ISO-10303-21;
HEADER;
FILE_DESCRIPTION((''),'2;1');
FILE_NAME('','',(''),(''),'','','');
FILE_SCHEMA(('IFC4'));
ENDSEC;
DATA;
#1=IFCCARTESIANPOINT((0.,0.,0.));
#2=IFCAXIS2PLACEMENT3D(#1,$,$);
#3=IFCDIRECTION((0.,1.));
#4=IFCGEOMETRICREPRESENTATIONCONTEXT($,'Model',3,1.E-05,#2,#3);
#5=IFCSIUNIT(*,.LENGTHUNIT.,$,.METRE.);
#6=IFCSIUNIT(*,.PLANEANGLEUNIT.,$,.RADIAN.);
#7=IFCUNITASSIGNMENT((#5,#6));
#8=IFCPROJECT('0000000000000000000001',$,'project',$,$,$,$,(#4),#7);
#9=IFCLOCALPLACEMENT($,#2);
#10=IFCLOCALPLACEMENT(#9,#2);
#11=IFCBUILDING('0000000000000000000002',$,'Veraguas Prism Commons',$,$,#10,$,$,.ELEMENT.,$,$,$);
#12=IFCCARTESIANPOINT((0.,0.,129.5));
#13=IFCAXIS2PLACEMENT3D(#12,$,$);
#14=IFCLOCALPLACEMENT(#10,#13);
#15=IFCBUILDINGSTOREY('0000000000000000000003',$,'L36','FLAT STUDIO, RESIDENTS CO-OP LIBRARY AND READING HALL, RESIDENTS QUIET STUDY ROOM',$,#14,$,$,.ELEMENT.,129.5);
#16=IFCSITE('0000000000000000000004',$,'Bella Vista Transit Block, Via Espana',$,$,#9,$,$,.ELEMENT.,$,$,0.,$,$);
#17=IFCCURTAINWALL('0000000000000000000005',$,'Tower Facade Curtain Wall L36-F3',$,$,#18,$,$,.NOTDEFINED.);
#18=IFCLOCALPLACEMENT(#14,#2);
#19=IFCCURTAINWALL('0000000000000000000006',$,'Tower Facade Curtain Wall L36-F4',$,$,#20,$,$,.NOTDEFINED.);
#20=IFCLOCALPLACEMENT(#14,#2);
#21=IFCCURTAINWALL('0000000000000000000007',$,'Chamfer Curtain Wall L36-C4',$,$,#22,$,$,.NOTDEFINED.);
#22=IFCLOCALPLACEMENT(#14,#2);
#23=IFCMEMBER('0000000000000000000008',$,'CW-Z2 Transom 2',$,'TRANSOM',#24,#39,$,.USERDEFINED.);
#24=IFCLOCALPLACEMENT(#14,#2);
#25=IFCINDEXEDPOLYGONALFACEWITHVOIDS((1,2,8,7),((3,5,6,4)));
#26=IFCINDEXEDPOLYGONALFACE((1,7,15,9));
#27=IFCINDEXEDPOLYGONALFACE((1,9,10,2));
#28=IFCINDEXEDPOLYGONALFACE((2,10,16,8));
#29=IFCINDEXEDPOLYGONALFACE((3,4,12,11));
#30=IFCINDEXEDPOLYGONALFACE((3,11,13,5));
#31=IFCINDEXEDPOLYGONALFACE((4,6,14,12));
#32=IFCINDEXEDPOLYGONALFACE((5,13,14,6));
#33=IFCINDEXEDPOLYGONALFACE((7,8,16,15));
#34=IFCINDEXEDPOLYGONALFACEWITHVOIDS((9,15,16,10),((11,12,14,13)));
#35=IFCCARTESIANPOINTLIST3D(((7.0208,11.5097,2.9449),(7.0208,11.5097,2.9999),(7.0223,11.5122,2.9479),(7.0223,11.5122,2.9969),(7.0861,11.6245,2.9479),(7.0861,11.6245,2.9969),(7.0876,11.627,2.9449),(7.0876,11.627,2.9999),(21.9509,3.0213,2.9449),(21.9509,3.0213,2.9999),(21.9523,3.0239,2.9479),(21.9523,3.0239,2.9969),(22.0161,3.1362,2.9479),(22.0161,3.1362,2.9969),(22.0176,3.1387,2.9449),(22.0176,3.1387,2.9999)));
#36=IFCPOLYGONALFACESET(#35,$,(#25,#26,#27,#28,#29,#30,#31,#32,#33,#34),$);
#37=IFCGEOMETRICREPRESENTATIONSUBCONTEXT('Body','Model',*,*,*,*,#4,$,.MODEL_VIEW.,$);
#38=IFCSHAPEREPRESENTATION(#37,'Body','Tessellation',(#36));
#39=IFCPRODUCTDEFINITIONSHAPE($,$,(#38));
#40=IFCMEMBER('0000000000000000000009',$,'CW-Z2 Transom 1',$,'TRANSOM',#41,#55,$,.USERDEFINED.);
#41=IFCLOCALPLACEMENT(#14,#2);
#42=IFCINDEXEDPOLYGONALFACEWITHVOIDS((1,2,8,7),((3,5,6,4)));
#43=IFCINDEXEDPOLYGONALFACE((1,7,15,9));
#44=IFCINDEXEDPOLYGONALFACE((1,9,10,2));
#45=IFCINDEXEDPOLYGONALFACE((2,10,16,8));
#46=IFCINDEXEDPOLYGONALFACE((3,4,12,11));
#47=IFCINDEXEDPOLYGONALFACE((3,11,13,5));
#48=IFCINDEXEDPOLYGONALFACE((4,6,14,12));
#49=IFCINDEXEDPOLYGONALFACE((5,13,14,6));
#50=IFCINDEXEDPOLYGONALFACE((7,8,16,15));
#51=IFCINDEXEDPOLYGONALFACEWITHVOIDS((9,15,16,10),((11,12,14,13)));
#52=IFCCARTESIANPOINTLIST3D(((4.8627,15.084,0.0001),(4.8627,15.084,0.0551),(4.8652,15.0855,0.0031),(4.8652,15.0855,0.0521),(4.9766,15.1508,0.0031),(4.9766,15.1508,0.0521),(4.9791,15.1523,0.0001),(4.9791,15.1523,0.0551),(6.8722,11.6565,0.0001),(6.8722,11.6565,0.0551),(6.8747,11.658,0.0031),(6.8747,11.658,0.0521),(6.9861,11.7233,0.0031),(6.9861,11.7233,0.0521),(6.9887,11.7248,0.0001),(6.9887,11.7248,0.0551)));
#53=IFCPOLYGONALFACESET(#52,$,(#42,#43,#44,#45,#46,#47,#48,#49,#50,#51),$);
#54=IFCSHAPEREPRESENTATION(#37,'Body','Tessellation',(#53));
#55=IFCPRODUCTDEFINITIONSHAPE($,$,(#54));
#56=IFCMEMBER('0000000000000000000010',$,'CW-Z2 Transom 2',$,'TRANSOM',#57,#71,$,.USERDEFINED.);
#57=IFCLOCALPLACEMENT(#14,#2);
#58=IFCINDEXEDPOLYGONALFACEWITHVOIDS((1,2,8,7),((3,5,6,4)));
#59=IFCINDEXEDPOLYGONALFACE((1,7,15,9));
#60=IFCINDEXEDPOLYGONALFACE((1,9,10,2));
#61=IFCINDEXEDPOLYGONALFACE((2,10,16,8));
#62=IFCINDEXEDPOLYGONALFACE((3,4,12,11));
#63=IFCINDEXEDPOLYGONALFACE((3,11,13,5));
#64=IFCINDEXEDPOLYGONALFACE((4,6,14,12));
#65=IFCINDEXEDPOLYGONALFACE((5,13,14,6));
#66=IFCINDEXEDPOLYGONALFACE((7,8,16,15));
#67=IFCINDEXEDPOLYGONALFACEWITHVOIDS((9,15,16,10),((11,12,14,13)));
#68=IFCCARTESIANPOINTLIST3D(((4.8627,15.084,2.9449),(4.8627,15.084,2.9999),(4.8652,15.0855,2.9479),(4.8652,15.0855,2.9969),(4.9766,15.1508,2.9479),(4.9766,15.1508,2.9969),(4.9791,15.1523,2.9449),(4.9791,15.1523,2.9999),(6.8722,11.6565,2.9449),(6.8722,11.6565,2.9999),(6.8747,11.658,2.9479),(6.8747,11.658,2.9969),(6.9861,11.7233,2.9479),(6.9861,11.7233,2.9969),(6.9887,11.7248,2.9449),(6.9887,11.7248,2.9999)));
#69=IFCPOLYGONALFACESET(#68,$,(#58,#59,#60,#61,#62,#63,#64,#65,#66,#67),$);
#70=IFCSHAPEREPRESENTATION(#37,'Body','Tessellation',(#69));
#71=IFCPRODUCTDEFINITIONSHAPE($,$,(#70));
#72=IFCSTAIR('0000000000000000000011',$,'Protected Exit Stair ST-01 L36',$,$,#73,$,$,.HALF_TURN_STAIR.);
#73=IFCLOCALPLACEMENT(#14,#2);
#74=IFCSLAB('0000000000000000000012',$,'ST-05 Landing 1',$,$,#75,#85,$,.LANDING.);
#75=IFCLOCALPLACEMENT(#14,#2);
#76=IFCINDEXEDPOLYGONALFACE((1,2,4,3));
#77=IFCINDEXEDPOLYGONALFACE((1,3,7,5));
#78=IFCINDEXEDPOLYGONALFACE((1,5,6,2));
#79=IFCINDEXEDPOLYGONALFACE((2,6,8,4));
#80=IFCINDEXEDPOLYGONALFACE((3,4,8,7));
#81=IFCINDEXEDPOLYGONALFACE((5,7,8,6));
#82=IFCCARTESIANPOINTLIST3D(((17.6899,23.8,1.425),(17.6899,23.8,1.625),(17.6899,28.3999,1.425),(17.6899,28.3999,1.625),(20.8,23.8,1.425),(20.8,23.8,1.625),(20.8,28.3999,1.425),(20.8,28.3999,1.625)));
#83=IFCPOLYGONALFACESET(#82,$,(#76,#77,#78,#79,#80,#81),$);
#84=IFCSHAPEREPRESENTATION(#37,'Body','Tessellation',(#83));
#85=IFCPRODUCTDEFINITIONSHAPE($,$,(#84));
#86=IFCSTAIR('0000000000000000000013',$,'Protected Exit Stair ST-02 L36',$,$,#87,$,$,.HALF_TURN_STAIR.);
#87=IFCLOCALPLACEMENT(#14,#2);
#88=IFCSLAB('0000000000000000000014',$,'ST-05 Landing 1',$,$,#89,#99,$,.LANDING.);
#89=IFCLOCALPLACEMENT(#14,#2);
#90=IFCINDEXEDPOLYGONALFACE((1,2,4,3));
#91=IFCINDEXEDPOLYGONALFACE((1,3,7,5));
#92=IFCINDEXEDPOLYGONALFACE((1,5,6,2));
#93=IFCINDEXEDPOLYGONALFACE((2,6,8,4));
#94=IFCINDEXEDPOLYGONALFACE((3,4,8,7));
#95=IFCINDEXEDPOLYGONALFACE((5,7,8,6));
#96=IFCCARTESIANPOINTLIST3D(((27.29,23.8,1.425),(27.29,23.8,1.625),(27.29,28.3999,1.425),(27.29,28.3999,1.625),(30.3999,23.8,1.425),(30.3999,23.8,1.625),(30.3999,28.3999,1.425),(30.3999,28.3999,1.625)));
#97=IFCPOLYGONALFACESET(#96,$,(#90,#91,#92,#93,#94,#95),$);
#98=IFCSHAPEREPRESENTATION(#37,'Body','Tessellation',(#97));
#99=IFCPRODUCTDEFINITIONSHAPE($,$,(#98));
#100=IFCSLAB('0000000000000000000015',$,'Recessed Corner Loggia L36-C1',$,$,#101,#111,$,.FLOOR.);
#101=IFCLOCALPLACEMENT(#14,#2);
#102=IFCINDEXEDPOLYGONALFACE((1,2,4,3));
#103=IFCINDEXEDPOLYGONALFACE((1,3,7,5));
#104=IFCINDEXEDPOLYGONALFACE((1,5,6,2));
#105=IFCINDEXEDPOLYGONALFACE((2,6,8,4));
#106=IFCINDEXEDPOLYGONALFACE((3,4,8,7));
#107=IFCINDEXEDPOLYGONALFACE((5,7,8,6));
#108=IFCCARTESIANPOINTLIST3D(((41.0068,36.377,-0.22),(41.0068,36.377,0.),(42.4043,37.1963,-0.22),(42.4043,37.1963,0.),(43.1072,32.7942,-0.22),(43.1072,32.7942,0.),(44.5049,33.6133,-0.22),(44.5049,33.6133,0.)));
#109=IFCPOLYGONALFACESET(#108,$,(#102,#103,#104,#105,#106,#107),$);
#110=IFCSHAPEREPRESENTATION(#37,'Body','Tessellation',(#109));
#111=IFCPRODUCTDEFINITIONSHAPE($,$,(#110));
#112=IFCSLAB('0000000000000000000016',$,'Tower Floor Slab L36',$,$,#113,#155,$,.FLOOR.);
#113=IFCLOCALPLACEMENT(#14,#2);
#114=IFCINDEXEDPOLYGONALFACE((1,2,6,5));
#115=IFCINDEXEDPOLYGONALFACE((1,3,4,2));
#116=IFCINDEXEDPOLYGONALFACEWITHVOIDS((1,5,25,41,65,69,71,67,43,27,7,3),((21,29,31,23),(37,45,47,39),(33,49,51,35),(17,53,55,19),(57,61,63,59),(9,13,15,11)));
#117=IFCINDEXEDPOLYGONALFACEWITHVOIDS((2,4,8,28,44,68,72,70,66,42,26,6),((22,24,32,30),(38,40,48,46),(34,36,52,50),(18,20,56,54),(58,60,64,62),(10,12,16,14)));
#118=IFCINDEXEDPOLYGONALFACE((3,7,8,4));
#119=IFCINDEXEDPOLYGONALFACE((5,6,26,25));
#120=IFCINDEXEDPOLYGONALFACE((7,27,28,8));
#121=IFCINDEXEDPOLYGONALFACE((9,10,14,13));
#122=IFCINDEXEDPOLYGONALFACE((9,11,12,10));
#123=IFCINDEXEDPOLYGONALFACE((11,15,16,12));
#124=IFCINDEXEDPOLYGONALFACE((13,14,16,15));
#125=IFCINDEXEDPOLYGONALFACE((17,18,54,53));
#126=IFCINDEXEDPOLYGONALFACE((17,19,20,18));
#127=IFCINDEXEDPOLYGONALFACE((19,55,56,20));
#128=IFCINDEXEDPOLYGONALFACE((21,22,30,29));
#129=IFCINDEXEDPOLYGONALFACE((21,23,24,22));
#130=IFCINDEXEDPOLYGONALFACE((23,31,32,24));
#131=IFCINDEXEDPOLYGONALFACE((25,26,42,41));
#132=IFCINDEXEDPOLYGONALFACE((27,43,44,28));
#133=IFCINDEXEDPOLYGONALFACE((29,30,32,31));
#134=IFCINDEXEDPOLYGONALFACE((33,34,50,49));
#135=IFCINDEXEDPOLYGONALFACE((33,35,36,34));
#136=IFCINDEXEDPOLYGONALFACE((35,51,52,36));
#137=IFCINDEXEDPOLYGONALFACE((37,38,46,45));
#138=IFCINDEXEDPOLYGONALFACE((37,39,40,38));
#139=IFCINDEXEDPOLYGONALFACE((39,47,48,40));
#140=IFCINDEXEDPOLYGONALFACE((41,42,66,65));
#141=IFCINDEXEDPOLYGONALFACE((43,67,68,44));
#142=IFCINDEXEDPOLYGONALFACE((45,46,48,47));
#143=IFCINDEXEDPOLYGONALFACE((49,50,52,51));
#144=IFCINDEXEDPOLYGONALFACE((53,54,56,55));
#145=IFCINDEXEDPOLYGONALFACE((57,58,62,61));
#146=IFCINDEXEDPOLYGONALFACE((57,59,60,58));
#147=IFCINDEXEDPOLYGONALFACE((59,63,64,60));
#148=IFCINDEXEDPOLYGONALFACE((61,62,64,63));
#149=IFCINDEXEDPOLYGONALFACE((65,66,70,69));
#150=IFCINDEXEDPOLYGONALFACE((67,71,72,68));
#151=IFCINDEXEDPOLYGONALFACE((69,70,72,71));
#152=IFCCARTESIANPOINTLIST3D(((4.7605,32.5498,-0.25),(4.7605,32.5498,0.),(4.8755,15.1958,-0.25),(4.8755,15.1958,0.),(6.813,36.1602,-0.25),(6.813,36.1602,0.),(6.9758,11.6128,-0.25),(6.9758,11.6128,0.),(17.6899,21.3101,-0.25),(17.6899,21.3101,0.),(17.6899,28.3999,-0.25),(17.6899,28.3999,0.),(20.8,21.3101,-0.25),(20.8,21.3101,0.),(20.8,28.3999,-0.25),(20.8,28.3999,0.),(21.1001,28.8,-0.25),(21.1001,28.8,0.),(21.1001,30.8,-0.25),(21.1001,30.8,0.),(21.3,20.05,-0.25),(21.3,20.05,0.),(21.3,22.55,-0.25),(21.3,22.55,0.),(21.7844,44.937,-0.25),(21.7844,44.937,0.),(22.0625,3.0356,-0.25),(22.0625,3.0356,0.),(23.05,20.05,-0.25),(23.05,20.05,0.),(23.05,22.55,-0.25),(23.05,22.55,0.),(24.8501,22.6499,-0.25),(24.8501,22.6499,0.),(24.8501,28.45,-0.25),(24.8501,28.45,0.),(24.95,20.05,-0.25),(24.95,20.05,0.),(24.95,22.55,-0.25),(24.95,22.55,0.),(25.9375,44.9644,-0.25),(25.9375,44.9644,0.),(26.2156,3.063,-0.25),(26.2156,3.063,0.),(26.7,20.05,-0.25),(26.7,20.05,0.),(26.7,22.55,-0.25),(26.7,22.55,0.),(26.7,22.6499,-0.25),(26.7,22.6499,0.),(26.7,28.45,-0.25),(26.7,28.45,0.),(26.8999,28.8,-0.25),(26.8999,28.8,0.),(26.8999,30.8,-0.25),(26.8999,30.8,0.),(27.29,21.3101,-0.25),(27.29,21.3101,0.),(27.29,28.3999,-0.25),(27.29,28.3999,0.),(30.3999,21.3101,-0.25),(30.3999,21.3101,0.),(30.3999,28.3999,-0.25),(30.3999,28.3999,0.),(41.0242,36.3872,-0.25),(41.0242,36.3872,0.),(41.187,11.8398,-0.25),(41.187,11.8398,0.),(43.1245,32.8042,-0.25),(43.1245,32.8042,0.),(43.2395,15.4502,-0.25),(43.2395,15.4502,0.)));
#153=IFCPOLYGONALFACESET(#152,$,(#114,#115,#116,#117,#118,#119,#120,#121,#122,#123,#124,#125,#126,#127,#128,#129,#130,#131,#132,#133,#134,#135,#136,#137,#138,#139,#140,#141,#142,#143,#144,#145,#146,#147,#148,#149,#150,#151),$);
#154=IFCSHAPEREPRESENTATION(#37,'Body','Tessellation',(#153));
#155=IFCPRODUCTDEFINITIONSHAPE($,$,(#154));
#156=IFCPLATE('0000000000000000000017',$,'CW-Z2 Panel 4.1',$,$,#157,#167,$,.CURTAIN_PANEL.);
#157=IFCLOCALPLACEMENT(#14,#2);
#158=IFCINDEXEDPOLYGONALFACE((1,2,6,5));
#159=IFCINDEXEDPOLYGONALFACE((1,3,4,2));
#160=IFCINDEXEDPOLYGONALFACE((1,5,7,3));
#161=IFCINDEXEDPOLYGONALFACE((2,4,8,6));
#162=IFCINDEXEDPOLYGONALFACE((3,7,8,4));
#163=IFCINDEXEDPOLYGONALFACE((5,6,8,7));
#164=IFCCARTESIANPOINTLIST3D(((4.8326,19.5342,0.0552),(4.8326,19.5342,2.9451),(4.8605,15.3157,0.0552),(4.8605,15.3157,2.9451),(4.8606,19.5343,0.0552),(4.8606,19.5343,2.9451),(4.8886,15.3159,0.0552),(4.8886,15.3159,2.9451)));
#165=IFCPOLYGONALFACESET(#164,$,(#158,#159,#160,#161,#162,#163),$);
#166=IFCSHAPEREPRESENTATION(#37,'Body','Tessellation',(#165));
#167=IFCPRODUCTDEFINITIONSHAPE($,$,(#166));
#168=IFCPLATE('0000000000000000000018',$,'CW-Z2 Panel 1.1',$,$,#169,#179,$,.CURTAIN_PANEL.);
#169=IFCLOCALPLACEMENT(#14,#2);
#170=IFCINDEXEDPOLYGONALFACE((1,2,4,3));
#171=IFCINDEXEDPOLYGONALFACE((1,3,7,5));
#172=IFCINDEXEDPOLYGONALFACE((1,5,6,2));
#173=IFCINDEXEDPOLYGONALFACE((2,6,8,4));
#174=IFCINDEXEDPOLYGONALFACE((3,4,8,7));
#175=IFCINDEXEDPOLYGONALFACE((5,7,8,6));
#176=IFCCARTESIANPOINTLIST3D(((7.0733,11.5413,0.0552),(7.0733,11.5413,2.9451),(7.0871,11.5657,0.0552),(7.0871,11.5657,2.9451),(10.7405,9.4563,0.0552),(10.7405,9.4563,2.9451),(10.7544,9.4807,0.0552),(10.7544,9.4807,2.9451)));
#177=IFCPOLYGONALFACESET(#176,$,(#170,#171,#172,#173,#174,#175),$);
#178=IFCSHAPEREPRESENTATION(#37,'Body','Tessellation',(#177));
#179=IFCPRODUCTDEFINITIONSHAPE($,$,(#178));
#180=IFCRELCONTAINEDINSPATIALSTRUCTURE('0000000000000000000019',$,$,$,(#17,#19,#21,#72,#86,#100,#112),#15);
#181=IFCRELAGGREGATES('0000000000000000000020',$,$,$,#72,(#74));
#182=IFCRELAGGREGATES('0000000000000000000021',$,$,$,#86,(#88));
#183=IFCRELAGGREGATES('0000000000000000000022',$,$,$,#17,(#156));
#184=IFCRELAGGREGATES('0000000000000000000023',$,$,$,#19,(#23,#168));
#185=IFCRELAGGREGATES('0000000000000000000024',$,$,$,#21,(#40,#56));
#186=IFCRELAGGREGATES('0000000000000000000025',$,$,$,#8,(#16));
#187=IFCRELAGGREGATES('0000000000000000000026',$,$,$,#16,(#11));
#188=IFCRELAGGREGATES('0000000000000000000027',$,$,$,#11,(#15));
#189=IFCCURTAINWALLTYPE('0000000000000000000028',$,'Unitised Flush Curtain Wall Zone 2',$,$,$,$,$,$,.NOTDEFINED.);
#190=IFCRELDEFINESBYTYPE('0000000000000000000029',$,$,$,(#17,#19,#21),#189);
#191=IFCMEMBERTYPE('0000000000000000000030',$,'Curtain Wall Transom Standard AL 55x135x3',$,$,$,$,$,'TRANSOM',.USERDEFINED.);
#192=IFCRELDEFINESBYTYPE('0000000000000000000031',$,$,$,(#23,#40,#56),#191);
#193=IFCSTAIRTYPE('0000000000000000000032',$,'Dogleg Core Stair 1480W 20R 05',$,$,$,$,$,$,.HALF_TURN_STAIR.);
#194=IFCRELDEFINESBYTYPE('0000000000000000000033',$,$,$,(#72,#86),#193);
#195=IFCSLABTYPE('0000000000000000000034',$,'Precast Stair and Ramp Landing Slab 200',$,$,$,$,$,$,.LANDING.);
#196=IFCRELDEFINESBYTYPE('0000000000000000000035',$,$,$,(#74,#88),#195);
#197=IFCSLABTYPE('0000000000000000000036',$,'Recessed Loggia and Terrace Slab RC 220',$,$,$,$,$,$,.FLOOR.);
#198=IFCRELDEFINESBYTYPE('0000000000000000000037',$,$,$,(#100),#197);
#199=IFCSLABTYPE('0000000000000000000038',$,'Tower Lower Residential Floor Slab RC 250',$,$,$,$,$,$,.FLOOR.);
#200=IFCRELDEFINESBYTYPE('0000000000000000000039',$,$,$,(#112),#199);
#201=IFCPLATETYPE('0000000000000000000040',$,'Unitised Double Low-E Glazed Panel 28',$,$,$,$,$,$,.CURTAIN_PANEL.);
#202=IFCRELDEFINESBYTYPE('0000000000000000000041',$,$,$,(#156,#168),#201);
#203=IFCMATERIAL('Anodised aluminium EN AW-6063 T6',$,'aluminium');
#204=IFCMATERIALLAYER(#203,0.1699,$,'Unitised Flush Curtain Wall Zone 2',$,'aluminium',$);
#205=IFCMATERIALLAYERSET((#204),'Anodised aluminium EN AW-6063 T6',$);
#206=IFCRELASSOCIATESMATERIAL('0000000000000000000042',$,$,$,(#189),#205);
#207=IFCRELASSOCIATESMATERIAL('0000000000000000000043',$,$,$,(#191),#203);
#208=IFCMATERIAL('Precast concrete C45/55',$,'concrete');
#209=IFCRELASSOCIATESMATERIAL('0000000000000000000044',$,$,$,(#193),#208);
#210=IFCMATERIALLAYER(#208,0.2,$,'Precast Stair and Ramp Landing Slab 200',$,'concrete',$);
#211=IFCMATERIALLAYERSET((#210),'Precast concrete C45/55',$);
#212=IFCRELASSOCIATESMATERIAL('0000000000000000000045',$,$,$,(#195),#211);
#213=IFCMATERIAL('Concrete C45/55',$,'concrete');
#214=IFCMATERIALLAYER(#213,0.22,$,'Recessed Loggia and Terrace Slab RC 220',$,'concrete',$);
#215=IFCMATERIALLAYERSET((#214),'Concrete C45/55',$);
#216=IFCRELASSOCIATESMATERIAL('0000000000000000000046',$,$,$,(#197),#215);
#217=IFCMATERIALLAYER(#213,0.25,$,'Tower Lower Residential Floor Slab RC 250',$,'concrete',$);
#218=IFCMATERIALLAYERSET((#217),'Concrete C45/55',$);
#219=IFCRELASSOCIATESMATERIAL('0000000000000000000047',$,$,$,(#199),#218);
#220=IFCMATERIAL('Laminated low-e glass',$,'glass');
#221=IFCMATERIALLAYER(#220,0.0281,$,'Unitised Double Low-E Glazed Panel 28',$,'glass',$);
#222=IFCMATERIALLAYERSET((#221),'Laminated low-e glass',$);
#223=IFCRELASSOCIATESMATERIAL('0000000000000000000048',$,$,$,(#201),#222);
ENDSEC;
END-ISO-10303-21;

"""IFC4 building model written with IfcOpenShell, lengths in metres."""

from ifc_helpers import new_model, si_unit, direction, frame, origin, origin_2d, place, context, subcontext, project, spatial, polyline, rectangle, hollow_rectangle, outline, extrude, source, transform, mapped, material, layer, layer_set, material_profile, profile_set, type_object, element, aggregate, save


model = new_model("IFC4")

# Units and contexts
model_context = context("Model", 3, precision=1e-05, world=origin(), true_north=direction((0.0, 1.0)))
body_context = subcontext(model_context, "Body", "Model", "MODEL_VIEW")
ifc_project = project(units=[si_unit("LENGTHUNIT", "METRE"), si_unit("PLANEANGLEUNIT", "RADIAN")], contexts=[model_context])

# Site, building, storey
site_placement = place(None, origin())
site = spatial("IfcSite", under=ifc_project, at=site_placement, Name="Bella Vista Transit Block, Via Espana", CompositionType="ELEMENT", RefElevation=0.0)
building_placement = place(site_placement, origin())
building = spatial("IfcBuilding", under=site, at=building_placement, Name="Veraguas Prism Commons", CompositionType="ELEMENT")
storey_placement = place(building_placement, frame((0.0, 0.0, 129.5)))
storey = spatial("IfcBuildingStorey", under=building, at=storey_placement, Name="L36", Description="FLAT STUDIO, RESIDENTS CO-OP LIBRARY AND READING HALL, RESIDENTS QUIET STUDY ROOM", CompositionType="ELEMENT", Elevation=129.5)

# Curtain walls
ifc_material_1 = material(Name="Anodised aluminium EN AW-6063 T6", Category="aluminium")
ifc_layer_1 = layer(ifc_material_1, 0.1699, Name="Unitised Flush Curtain Wall Zone 2", Category="aluminium")
ifc_layer_set_1 = layer_set([ifc_layer_1], Name="Anodised aluminium EN AW-6063 T6")
curtain_wall_type = type_object("IfcCurtainWallType", Name="Unitised Flush Curtain Wall Zone 2", PredefinedType="NOTDEFINED", material=ifc_layer_set_1)
curtain_wall_1_placement = place(storey_placement, origin())
curtain_wall_1 = element("IfcCurtainWall", 1, at=curtain_wall_1_placement, inside=storey, type_object=curtain_wall_type, Name="Tower Facade Curtain Wall L36-F3", PredefinedType="NOTDEFINED")
curtain_wall_2_placement = place(storey_placement, origin())
curtain_wall_2 = element("IfcCurtainWall", 2, at=curtain_wall_2_placement, inside=storey, type_object=curtain_wall_type, Name="Tower Facade Curtain Wall L36-F4", PredefinedType="NOTDEFINED")
curtain_wall_3_placement = place(storey_placement, origin())
curtain_wall_3 = element("IfcCurtainWall", 3, at=curtain_wall_3_placement, inside=storey, type_object=curtain_wall_type, Name="Chamfer Curtain Wall L36-C4", PredefinedType="NOTDEFINED")

# Members
ifc_material_profile_1 = material_profile(ifc_material_1, hollow_rectangle(XDim=0.0549, YDim=0.135, WallThickness=0.0029, at=origin_2d()), Name="AL55X135X3")
ifc_profile_set_1 = profile_set([ifc_material_profile_1], Name="Anodised aluminium EN AW-6063 T6")
member_type_1 = type_object("IfcMemberType", Name="Curtain Wall Transom Standard AL 55x135x3", ElementType="TRANSOM", PredefinedType="USERDEFINED", material=ifc_profile_set_1)
shared_shape_1 = source(origin(), body_context, "Body", "SweptSolid", [
    extrude(hollow_rectangle(XDim=0.0549, YDim=0.135, WallThickness=0.0029, at=origin_2d()), origin(), (0.0, 0.0, 1.0), 17.1743),
])
member_1_placement = place(storey_placement, frame((7.0542, 11.5684, 2.9724), z_axis=(0.869322, -0.494246, 0.0), x_axis=(0.0, 0.0, 1.0)))
member_1 = element("IfcMember", 4, at=member_1_placement, type_object=member_type_1, Name="CW-Z2 Transom 2", ObjectType="TRANSOM", PredefinedType="USERDEFINED", context=body_context, shape_type="MappedRepresentation", body=[
    mapped(shared_shape_1, transform((0.0, 0.0, 0.0), scale=1.0)),
])
shared_shape_2 = source(origin(), body_context, "Body", "SweptSolid", [
    extrude(hollow_rectangle(XDim=0.0549, YDim=0.135, WallThickness=0.0029, at=origin_2d()), origin(), (0.0, 0.0, 1.0), 3.9731),
])
member_2_placement = place(storey_placement, frame((4.9209, 15.1182, 0.0276), z_axis=(0.505776, -0.862665, 0.0), x_axis=(0.0, 0.0, 1.0)))
member_2 = element("IfcMember", 5, at=member_2_placement, type_object=member_type_1, Name="CW-Z2 Transom 1", ObjectType="TRANSOM", PredefinedType="USERDEFINED", context=body_context, shape_type="MappedRepresentation", body=[
    mapped(shared_shape_2, transform((0.0, 0.0, 0.0), scale=1.0)),
])
member_3_placement = place(storey_placement, frame((4.9209, 15.1182, 2.9724), z_axis=(0.505776, -0.862665, 0.0), x_axis=(0.0, 0.0, 1.0)))
member_3 = element("IfcMember", 6, at=member_3_placement, type_object=member_type_1, Name="CW-Z2 Transom 2", ObjectType="TRANSOM", PredefinedType="USERDEFINED", context=body_context, shape_type="MappedRepresentation", body=[
    mapped(shared_shape_2, transform((0.0, 0.0, 0.0), scale=1.0)),
])

# Stairs, slabs
ifc_material_2 = material(Name="Precast concrete C45/55", Category="concrete")
stair_type = type_object("IfcStairType", Name="Dogleg Core Stair 1480W 20R 05", PredefinedType="HALF_TURN_STAIR", material=ifc_material_2)
stair_1_placement = place(storey_placement, origin())
stair_1 = element("IfcStair", 7, at=stair_1_placement, inside=storey, type_object=stair_type, Name="Protected Exit Stair ST-01 L36", PredefinedType="HALF_TURN_STAIR")
ifc_layer_2 = layer(ifc_material_2, 0.2, Name="Precast Stair and Ramp Landing Slab 200", Category="concrete")
ifc_layer_set_2 = layer_set([ifc_layer_2], Name="Precast concrete C45/55")
slab_type_1 = type_object("IfcSlabType", Name="Precast Stair and Ramp Landing Slab 200", PredefinedType="LANDING", material=ifc_layer_set_2)
slab_1_placement = place(storey_placement, frame((0.0, 0.0, 1.425)))
slab_1 = element("IfcSlab", 8, at=slab_1_placement, type_object=slab_type_1, Name="ST-05 Landing 1", PredefinedType="LANDING", context=body_context, shape_type="SweptSolid", body=[
    extrude(outline(polyline([(20.8, 23.8), (20.8, 28.3999), (17.6899, 28.3999), (17.6899, 23.8), (20.8, 23.8)])), origin(), (0.0, 0.0, 1.0), 0.2),
])
aggregate(stair_1, [slab_1])
stair_2_placement = place(storey_placement, origin())
stair_2 = element("IfcStair", 9, at=stair_2_placement, inside=storey, type_object=stair_type, Name="Protected Exit Stair ST-02 L36", PredefinedType="HALF_TURN_STAIR")
slab_2_placement = place(storey_placement, frame((0.0, 0.0, 1.425)))
slab_2 = element("IfcSlab", 10, at=slab_2_placement, type_object=slab_type_1, Name="ST-05 Landing 1", PredefinedType="LANDING", context=body_context, shape_type="SweptSolid", body=[
    extrude(outline(polyline([(30.3999, 23.8), (30.3999, 28.3999), (27.29, 28.3999), (27.29, 23.8), (30.3999, 23.8)])), origin(), (0.0, 0.0, 1.0), 0.2),
])
aggregate(stair_2, [slab_2])

# Slabs
ifc_material_3 = material(Name="Concrete C45/55", Category="concrete")
ifc_layer_3 = layer(ifc_material_3, 0.22, Name="Recessed Loggia and Terrace Slab RC 220", Category="concrete")
ifc_layer_set_3 = layer_set([ifc_layer_3], Name="Concrete C45/55")
slab_type_2 = type_object("IfcSlabType", Name="Recessed Loggia and Terrace Slab RC 220", PredefinedType="FLOOR", material=ifc_layer_set_3)
slab_3_placement = place(storey_placement, frame((0.0, 0.0, -0.22)))
element("IfcSlab", 11, at=slab_3_placement, inside=storey, type_object=slab_type_2, Name="Recessed Corner Loggia L36-C1", PredefinedType="FLOOR", context=body_context, shape_type="SweptSolid", body=[
    extrude(outline(polyline([(43.1072, 32.7942), (44.5049, 33.6133), (42.4043, 37.1963), (41.0068, 36.377), (43.1072, 32.7942)])), origin(), (0.0, 0.0, 1.0), 0.22),
])
ifc_layer_4 = layer(ifc_material_3, 0.25, Name="Tower Lower Residential Floor Slab RC 250", Category="concrete")
ifc_layer_set_4 = layer_set([ifc_layer_4], Name="Concrete C45/55")
slab_type_3 = type_object("IfcSlabType", Name="Tower Lower Residential Floor Slab RC 250", PredefinedType="FLOOR", material=ifc_layer_set_4)
slab_4_placement = place(storey_placement, frame((0.0, 0.0, -0.25)))
element("IfcSlab", 12, at=slab_4_placement, inside=storey, type_object=slab_type_3, Name="Tower Floor Slab L36", PredefinedType="FLOOR", context=body_context, shape_type="SweptSolid", body=[
    extrude(outline(polyline([(43.1245, 32.8042), (41.0242, 36.3872), (25.9375, 44.9644), (21.7844, 44.937), (6.813, 36.1602), (4.7605, 32.5498), (4.8755, 15.1958), (6.9758, 11.6128), (22.0625, 3.0356), (26.2156, 3.063), (41.187, 11.8398), (43.2395, 15.4502), (43.1245, 32.8042)]), holes=[polyline([(20.8, 21.3101), (20.8, 28.3999), (17.6899, 28.3999), (17.6899, 21.3101), (20.8, 21.3101)]), polyline([(30.3999, 21.3101), (30.3999, 28.3999), (27.29, 28.3999), (27.29, 21.3101), (30.3999, 21.3101)]), polyline([(24.8501, 22.6499), (26.7, 22.6499), (26.7, 28.45), (24.8501, 28.45), (24.8501, 22.6499)]), polyline([(21.1001, 28.8), (26.8999, 28.8), (26.8999, 30.8), (21.1001, 30.8), (21.1001, 28.8)]), polyline([(21.3, 20.05), (23.05, 20.05), (23.05, 22.55), (21.3, 22.55), (21.3, 20.05)]), polyline([(24.95, 20.05), (26.7, 20.05), (26.7, 22.55), (24.95, 22.55), (24.95, 20.05)])]), origin(), (0.0, 0.0, 1.0), 0.25),
])

# Plates
ifc_material_4 = material(Name="Laminated low-e glass", Category="glass")
ifc_layer_5 = layer(ifc_material_4, 0.0281, Name="Unitised Double Low-E Glazed Panel 28", Category="glass")
ifc_layer_set_5 = layer_set([ifc_layer_5], Name="Laminated low-e glass")
plate_type = type_object("IfcPlateType", Name="Unitised Double Low-E Glazed Panel 28", PredefinedType="CURTAIN_PANEL", material=ifc_layer_set_5)
shared_shape_3 = source(origin(), body_context, "Body", "SweptSolid", [
    extrude(rectangle(XDim=4.2185, YDim=0.0281, at=origin_2d()), origin(), (0.0, 0.0, 1.0), 2.8899),
])
plate_1_placement = place(storey_placement, frame((4.8606, 17.425, 0.0552), z_axis=(0.0, 0.0, 1.0), x_axis=(0.006632, -0.999978, 0.0)))
plate_1 = element("IfcPlate", 13, at=plate_1_placement, type_object=plate_type, Name="CW-Z2 Panel 4.1", PredefinedType="CURTAIN_PANEL", context=body_context, shape_type="MappedRepresentation", body=[
    mapped(shared_shape_3, transform((0.0, 0.0, 0.0), scale=1.0)),
])
aggregate(curtain_wall_1, [plate_1])
plate_2_placement = place(storey_placement, frame((8.9138, 10.511, 0.0552), z_axis=(0.0, 0.0, 1.0), x_axis=(0.869323, -0.494244, 0.0)))
plate_2 = element("IfcPlate", 14, at=plate_2_placement, type_object=plate_type, Name="CW-Z2 Panel 1.1", PredefinedType="CURTAIN_PANEL", context=body_context, shape_type="MappedRepresentation", body=[
    mapped(shared_shape_3, transform((0.0, 0.0, 0.0), scale=1.0)),
])
aggregate(curtain_wall_2, [member_1, plate_2])
aggregate(curtain_wall_3, [member_2, member_3])

save(model, "model.ifc")
